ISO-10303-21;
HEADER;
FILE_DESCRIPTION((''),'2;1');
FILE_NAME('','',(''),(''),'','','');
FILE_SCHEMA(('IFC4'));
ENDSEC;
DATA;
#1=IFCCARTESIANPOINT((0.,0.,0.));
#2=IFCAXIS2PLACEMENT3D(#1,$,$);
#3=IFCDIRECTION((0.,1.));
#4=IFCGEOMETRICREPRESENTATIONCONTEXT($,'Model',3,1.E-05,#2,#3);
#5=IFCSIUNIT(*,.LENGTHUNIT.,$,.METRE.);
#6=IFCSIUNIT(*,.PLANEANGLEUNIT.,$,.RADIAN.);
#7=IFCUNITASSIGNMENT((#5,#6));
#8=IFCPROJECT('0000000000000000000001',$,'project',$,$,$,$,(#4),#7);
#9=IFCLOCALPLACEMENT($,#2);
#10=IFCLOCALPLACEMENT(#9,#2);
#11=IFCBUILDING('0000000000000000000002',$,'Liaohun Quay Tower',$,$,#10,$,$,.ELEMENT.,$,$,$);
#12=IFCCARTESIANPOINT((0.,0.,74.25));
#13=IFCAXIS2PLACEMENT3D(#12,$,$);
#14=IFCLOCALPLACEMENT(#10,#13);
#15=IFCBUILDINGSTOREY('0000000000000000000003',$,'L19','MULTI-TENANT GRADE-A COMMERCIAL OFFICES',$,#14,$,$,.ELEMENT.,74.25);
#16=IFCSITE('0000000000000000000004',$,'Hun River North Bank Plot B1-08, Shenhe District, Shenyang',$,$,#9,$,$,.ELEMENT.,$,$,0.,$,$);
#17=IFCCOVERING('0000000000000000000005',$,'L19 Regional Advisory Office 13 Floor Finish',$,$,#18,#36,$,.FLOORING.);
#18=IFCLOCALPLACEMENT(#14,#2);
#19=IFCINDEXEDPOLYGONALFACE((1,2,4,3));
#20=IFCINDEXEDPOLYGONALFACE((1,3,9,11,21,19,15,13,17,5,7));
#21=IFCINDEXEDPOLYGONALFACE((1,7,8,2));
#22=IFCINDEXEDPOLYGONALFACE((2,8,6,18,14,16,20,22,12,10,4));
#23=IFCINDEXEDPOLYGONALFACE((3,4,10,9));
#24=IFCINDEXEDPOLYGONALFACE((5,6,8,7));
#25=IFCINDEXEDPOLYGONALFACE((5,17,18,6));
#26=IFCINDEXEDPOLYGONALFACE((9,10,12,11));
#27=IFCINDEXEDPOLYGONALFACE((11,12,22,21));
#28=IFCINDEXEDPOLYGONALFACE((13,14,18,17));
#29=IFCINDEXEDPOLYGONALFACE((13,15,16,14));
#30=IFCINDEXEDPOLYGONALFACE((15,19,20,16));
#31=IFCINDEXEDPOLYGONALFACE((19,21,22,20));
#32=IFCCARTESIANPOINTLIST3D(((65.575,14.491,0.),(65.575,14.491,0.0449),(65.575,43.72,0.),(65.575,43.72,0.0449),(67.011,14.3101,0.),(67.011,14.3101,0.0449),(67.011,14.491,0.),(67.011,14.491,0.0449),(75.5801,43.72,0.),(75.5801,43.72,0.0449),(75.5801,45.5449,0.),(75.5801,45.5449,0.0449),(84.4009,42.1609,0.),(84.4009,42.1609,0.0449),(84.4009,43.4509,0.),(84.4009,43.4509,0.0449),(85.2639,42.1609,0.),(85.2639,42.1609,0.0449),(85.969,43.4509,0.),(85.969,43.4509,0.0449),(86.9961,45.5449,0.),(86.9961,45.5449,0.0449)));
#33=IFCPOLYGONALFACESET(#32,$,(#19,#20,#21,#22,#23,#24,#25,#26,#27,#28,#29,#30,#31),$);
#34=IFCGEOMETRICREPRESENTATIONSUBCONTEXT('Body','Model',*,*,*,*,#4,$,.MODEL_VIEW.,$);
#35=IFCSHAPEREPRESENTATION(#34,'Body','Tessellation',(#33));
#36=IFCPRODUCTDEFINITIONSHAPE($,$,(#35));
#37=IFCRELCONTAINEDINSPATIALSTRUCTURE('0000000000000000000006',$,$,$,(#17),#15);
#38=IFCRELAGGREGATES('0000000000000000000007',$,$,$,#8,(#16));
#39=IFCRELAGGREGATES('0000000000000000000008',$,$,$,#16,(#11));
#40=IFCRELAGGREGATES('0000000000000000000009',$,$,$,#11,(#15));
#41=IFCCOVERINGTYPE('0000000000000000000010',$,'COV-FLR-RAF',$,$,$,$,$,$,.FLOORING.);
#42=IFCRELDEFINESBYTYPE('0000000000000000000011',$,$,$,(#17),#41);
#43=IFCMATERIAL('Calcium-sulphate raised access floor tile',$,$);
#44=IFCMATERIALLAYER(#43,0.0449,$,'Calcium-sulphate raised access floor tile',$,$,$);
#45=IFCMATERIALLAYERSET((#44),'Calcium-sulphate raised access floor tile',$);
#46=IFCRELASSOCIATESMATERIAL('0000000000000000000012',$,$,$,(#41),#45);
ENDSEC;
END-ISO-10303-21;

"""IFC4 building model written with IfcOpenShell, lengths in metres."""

from ifc_helpers import new_model, si_unit, direction, frame, origin, place, context, subcontext, project, spatial, polyline, outline, extrude, material, layer, layer_set, type_object, element, save


model = new_model("IFC4")

# Units and contexts
model_context = context("Model", 3, precision=1e-05, world=origin(), true_north=direction((0.0, 1.0)))
body_context = subcontext(model_context, "Body", "Model", "MODEL_VIEW")
ifc_project = project(units=[si_unit("LENGTHUNIT", "METRE"), si_unit("PLANEANGLEUNIT", "RADIAN")], contexts=[model_context])

# Site, building, storey
site_placement = place(None, origin())
site = spatial("IfcSite", under=ifc_project, at=site_placement, Name="Hun River North Bank Plot B1-08, Shenhe District, Shenyang", CompositionType="ELEMENT", RefElevation=0.0)
building_placement = place(site_placement, origin())
building = spatial("IfcBuilding", under=site, at=building_placement, Name="Liaohun Quay Tower", CompositionType="ELEMENT")
storey_placement = place(building_placement, frame((0.0, 0.0, 74.25)))
storey = spatial("IfcBuildingStorey", under=building, at=storey_placement, Name="L19", Description="MULTI-TENANT GRADE-A COMMERCIAL OFFICES", CompositionType="ELEMENT", Elevation=74.25)

# Covering
ifc_material_1 = material(Name="Calcium-sulphate raised access floor tile")
ifc_layer_1 = layer(ifc_material_1, 0.0449, Name="Calcium-sulphate raised access floor tile")
ifc_layer_set_1 = layer_set([ifc_layer_1], Name="Calcium-sulphate raised access floor tile")
covering_type_1 = type_object("IfcCoveringType", Name="COV-FLR-RAF", PredefinedType="FLOORING", material=ifc_layer_set_1)
covering_1_placement = place(storey_placement, origin())
element("IfcCovering", 1, at=covering_1_placement, inside=storey, type_object=covering_type_1, Name="L19 Regional Advisory Office 13 Floor Finish", PredefinedType="FLOORING", context=body_context, shape_type="SweptSolid", body=[
    extrude(outline(polyline([(85.2639, 42.1609), (84.4009, 42.1609), (84.4009, 43.4509), (85.969, 43.4509), (86.9961, 45.5449), (75.5801, 45.5449), (75.5801, 43.72), (65.575, 43.72), (65.575, 14.491), (67.011, 14.491), (67.011, 14.3101), (85.2639, 42.1609)])), origin(), (0.0, 0.0, 1.0), 0.0449),
])

save(model, "model.ifc")
